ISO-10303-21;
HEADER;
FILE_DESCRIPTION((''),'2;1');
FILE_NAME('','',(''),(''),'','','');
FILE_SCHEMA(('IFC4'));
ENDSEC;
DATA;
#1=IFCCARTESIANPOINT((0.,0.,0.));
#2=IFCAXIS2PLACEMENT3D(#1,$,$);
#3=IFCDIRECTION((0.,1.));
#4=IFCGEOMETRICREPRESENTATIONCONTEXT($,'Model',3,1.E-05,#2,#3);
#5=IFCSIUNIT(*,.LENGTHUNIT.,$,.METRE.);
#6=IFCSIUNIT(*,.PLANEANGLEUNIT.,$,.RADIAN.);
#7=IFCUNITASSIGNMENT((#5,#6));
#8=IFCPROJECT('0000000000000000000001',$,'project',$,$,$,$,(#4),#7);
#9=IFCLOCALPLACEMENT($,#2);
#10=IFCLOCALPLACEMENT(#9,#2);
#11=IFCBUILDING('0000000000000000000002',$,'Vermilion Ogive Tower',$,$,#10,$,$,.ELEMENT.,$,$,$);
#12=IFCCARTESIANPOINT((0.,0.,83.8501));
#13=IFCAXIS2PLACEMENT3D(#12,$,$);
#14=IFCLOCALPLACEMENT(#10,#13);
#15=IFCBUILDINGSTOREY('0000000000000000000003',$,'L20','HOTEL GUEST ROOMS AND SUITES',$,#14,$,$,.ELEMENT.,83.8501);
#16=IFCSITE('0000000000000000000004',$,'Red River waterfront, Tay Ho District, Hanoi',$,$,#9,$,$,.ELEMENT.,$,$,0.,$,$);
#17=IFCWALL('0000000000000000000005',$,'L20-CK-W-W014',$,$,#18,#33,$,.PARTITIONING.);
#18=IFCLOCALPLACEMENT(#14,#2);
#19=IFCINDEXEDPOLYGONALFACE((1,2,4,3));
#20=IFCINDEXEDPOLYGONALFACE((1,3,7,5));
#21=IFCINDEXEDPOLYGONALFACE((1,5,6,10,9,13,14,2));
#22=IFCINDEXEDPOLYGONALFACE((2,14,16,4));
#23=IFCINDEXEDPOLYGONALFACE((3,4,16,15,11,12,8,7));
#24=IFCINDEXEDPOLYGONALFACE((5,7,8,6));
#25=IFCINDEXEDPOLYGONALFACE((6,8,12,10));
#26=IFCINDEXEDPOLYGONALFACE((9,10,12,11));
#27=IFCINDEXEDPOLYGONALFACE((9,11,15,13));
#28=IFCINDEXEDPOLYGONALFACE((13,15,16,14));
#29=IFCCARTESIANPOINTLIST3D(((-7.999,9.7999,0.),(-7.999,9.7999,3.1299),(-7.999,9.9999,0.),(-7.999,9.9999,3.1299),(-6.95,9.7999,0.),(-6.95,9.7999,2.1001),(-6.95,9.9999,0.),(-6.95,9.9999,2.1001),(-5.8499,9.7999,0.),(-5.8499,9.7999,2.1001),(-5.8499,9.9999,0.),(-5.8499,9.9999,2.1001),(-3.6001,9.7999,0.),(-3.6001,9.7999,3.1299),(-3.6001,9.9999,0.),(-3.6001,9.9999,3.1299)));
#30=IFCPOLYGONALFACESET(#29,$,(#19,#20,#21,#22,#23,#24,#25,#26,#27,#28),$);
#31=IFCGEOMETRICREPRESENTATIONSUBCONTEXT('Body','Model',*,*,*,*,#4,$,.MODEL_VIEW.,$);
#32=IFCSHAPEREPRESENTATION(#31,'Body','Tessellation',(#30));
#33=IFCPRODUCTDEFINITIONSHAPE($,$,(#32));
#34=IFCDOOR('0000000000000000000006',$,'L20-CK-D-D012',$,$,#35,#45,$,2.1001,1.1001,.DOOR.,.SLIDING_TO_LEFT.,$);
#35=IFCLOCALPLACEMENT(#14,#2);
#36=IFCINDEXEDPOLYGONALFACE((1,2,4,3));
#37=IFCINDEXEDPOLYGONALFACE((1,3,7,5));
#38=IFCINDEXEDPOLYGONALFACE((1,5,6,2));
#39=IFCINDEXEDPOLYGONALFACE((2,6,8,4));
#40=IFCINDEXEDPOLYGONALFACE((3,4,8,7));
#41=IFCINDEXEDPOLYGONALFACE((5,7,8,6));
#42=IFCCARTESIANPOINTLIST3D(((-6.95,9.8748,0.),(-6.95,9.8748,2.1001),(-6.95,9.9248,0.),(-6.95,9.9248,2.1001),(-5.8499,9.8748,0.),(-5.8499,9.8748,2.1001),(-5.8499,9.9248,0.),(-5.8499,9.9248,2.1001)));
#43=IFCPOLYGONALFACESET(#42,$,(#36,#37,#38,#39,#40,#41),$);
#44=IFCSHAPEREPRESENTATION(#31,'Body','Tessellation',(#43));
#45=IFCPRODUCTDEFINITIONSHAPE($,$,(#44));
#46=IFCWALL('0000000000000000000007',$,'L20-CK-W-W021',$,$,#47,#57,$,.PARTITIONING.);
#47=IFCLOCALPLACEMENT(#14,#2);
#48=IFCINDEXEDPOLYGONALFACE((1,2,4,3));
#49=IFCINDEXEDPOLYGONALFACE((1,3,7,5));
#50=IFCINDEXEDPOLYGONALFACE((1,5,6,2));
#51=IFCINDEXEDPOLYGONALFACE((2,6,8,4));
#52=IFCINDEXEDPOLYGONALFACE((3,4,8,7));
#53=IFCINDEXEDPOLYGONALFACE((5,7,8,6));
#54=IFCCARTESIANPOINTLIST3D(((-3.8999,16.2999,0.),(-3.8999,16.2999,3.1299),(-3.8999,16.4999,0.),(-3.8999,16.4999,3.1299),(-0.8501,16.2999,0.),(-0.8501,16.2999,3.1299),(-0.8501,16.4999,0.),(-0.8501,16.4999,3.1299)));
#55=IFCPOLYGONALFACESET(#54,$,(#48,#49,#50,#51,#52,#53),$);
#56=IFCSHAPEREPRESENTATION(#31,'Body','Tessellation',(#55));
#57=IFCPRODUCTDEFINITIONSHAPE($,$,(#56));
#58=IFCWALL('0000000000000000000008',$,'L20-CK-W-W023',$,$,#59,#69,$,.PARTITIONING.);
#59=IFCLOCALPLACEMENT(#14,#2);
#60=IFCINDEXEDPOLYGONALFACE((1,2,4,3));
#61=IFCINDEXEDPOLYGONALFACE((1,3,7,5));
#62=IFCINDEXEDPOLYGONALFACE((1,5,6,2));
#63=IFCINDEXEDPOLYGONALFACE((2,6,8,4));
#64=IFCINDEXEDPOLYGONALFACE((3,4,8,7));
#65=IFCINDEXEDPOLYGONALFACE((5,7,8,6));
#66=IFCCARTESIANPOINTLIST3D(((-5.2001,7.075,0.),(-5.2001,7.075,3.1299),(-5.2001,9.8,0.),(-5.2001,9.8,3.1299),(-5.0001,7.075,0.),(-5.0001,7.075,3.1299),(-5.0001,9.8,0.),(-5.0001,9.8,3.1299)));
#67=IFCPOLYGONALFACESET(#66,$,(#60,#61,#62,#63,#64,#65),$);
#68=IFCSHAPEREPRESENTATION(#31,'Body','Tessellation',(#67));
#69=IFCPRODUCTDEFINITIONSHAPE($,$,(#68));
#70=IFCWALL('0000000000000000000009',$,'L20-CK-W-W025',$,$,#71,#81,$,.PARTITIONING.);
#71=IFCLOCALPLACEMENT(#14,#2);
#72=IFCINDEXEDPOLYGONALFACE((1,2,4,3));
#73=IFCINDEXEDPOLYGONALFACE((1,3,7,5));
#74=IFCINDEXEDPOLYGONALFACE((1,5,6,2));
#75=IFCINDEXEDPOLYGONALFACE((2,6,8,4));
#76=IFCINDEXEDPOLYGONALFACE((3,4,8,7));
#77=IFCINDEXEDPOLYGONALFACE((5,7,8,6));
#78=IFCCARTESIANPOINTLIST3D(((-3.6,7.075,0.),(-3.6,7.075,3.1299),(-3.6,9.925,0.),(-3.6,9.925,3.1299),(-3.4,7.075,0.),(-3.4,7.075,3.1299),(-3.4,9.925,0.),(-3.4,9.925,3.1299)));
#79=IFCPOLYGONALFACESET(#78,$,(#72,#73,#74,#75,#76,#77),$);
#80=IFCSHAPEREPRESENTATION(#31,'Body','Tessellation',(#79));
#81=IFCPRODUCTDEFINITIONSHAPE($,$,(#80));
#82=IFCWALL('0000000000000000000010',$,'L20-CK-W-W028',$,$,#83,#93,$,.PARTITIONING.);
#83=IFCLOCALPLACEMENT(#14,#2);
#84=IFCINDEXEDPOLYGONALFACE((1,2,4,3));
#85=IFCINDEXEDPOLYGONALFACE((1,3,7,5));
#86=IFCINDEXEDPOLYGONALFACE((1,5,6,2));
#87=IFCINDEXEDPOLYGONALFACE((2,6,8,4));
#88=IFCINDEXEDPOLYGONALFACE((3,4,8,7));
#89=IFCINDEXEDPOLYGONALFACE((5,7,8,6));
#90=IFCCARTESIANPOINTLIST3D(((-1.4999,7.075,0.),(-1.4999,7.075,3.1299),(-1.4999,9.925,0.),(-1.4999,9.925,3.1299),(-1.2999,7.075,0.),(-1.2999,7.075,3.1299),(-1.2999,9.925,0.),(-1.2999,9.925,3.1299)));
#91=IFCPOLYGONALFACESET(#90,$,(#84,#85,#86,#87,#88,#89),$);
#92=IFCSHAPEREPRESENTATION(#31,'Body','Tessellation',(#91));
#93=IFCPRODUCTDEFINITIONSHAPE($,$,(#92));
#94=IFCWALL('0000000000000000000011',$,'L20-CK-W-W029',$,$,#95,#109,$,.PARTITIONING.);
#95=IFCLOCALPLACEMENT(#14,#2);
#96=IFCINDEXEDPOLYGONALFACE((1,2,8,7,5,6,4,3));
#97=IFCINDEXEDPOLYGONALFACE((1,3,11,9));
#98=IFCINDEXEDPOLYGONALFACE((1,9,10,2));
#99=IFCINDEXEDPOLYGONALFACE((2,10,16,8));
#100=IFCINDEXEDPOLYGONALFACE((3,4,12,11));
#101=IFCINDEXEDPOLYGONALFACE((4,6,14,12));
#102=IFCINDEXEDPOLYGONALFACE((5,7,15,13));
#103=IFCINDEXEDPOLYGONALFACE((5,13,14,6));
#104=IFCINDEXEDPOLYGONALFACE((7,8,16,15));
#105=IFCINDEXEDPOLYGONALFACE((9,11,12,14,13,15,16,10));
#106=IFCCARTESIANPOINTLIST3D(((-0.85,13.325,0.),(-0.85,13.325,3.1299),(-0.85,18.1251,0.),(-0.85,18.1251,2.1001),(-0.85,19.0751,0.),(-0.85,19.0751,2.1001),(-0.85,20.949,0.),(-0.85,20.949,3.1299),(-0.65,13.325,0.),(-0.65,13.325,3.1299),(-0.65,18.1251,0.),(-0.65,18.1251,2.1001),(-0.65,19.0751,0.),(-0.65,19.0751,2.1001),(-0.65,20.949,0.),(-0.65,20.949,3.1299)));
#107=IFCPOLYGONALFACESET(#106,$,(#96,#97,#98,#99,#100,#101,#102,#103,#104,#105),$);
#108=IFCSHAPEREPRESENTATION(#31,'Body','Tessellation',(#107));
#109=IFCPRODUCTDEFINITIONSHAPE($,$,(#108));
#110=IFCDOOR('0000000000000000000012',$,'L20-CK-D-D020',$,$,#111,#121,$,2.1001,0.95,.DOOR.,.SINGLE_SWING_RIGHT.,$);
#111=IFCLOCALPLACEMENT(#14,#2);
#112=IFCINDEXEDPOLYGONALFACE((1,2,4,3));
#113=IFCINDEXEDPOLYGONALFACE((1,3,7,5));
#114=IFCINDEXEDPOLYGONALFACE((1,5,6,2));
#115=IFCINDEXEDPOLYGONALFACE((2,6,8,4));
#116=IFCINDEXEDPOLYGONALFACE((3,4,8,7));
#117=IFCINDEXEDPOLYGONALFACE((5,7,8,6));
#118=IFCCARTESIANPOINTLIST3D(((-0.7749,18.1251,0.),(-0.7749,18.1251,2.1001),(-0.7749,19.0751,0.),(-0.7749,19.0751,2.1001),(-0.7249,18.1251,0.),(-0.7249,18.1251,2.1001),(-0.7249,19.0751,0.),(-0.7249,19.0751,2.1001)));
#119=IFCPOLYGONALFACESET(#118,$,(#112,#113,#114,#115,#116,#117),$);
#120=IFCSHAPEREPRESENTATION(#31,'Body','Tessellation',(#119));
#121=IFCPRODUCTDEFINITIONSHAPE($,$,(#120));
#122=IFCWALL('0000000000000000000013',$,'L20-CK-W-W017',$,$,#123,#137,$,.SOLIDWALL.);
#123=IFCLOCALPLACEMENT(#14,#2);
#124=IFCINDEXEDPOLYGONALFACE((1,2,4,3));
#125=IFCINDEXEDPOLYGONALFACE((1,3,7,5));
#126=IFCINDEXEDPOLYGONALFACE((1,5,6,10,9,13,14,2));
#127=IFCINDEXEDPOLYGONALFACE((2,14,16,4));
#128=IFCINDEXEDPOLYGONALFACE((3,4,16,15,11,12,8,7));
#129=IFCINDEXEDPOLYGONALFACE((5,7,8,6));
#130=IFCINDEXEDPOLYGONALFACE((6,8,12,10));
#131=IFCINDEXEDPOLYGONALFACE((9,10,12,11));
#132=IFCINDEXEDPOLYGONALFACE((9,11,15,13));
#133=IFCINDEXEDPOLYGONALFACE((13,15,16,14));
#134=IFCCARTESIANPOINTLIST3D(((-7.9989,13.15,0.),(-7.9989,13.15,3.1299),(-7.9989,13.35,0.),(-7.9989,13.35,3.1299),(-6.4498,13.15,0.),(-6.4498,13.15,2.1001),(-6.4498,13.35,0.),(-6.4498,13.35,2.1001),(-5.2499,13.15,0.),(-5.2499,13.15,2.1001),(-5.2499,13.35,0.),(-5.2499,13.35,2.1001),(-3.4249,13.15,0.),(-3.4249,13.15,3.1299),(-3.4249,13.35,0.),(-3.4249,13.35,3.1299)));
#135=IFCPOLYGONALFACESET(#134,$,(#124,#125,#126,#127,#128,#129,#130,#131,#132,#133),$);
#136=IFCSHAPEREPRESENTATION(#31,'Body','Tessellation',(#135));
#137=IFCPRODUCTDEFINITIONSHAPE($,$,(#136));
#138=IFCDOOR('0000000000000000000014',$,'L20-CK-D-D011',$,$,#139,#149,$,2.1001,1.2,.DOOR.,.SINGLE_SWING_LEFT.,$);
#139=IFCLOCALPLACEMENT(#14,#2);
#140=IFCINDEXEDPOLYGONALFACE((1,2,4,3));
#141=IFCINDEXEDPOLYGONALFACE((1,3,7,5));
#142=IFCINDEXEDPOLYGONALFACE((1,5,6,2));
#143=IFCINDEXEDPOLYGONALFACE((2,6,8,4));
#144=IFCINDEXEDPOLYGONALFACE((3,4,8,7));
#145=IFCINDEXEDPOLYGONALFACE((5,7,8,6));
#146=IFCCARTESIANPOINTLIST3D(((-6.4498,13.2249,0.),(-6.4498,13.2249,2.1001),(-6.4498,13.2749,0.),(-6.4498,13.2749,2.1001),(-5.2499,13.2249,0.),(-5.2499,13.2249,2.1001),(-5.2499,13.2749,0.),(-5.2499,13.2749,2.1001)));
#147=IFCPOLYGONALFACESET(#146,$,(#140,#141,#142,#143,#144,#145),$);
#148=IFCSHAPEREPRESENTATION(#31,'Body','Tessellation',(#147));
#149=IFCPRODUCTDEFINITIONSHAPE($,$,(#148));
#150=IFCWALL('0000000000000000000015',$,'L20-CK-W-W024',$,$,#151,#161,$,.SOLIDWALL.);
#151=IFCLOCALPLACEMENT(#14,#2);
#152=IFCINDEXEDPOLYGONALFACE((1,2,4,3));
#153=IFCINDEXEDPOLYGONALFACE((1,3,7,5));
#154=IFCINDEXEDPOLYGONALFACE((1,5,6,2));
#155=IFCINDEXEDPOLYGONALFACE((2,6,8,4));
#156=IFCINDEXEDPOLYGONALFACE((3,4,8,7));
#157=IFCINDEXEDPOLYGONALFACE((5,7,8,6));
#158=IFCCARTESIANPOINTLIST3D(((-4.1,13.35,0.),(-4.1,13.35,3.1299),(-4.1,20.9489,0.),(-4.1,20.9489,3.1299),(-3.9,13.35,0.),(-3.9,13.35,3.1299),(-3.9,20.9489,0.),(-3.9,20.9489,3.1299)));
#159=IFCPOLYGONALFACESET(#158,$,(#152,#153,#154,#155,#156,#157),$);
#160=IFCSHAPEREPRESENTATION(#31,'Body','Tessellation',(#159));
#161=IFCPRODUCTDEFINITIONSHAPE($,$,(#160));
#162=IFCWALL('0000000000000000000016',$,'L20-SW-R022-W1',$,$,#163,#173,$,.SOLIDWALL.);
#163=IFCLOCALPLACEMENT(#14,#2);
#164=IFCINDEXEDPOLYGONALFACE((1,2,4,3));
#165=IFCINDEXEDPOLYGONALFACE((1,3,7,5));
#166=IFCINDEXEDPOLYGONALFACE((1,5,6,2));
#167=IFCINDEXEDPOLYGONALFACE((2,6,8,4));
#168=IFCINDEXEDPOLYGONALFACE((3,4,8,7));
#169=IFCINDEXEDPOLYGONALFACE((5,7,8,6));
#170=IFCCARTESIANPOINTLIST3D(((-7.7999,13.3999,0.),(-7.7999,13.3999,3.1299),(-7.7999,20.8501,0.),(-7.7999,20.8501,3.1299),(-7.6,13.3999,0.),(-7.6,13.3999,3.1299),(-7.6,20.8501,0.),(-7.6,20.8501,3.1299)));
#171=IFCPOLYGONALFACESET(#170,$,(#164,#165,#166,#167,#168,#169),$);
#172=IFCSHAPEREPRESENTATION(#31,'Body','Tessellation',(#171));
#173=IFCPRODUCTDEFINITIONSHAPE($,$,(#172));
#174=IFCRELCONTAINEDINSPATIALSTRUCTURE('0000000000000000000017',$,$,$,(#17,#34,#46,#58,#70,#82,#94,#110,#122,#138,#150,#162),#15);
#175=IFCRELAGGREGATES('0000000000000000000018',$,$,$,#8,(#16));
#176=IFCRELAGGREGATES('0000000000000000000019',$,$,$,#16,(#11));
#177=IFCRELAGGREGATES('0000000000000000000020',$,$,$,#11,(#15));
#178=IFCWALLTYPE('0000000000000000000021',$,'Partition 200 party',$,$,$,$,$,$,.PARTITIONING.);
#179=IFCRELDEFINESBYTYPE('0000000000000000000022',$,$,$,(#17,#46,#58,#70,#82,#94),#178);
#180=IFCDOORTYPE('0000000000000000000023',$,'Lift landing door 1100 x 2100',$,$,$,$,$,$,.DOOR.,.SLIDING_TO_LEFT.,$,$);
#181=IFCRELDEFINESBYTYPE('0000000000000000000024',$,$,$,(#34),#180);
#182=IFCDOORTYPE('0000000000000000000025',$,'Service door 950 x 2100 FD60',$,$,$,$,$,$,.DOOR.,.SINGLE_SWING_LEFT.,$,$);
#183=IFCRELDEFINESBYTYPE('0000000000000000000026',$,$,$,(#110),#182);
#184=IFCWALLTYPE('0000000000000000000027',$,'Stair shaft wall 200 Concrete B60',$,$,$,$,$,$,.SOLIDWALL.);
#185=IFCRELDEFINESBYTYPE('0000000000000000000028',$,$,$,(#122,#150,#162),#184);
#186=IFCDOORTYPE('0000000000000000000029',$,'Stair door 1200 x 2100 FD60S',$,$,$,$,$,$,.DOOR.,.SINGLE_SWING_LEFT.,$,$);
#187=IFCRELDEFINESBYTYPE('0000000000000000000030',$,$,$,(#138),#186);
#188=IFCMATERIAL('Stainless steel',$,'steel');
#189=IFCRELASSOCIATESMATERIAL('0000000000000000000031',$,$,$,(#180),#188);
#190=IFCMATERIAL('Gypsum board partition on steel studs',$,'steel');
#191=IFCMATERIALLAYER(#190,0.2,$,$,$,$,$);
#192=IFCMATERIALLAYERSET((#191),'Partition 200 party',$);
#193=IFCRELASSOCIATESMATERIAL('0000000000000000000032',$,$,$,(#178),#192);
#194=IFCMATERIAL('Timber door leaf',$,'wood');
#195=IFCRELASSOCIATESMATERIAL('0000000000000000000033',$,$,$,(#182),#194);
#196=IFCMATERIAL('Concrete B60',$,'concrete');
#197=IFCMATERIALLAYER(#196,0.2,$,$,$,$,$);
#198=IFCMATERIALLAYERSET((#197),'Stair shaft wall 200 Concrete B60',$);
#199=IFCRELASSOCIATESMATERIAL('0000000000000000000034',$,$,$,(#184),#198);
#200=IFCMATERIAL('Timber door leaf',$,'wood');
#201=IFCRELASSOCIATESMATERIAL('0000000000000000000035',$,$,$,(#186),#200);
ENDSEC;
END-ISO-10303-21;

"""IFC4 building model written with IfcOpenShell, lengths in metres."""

from ifc_helpers import new_model, si_unit, direction, frame, frame_2d, origin, place, context, subcontext, project, spatial, rectangle, extrude, material, layer, layer_set, type_object, element, fill, save


model = new_model("IFC4")

# Units and contexts
model_context = context("Model", 3, precision=1e-05, world=origin(), true_north=direction((0.0, 1.0)))
body_context = subcontext(model_context, "Body", "Model", "MODEL_VIEW")
ifc_project = project(units=[si_unit("LENGTHUNIT", "METRE"), si_unit("PLANEANGLEUNIT", "RADIAN")], contexts=[model_context])

# Site, building, storey
site_placement = place(None, origin())
site = spatial("IfcSite", under=ifc_project, at=site_placement, Name="Red River waterfront, Tay Ho District, Hanoi", CompositionType="ELEMENT", RefElevation=0.0)
building_placement = place(site_placement, origin())
building = spatial("IfcBuilding", under=site, at=building_placement, Name="Vermilion Ogive Tower", CompositionType="ELEMENT")
storey_placement = place(building_placement, frame((0.0, 0.0, 83.8501)))
storey = spatial("IfcBuildingStorey", under=building, at=storey_placement, Name="L20", Description="HOTEL GUEST ROOMS AND SUITES", CompositionType="ELEMENT", Elevation=83.8501)

# Shared definitions
ifc_material_1 = material(Name="Stainless steel", Category="steel")
door_type_1 = type_object("IfcDoorType", Name="Lift landing door 1100 x 2100", OperationType="SLIDING_TO_LEFT", PredefinedType="DOOR", material=ifc_material_1)

# Wall, opening, door
ifc_material_2 = material(Name="Gypsum board partition on steel studs", Category="steel")
ifc_layer_1 = layer(ifc_material_2, 0.2)
ifc_layer_set_1 = layer_set([ifc_layer_1], Name="Partition 200 party")
wall_type_1 = type_object("IfcWallType", Name="Partition 200 party", PredefinedType="PARTITIONING", material=ifc_layer_set_1)
wall_1_placement = place(storey_placement, frame((-7.999, 9.8999, 0.0), z_axis=(0.0, 0.0, 1.0), x_axis=(1.0, 0.0, 0.0)))
wall_1 = element("IfcWall", 1, at=wall_1_placement, inside=storey, type_object=wall_type_1, Name="L20-CK-W-W014", PredefinedType="PARTITIONING", context=body_context, shape_type="SweptSolid", body=[
    extrude(rectangle(XDim=4.3989, YDim=0.2, at=frame_2d((2.1995, 0.0))), origin(), (0.0, 0.0, 1.0), 3.1299),
])
opening_1_placement = place(wall_1_placement, frame((1.0491, 0.0, 0.0)))
opening_1 = element("IfcOpeningElement", 2, at=opening_1_placement, cuts=wall_1, PredefinedType="OPENING", context=body_context, shape_type="SweptSolid", body=[
    extrude(rectangle(XDim=1.1001, YDim=2.1001, at=frame_2d((0.55, 1.05))), frame((0.0, 0.1099, 0.0), z_axis=(0.0, -1.0, 0.0), x_axis=(1.0, 0.0, 0.0)), (0.0, 0.0, 1.0), 0.22),
])
door_1_placement = place(opening_1_placement, origin())
door_1 = element("IfcDoor", 3, at=door_1_placement, inside=storey, type_object=door_type_1, Name="L20-CK-D-D012", OperationType="SLIDING_TO_LEFT", OverallHeight=2.1001, OverallWidth=1.1001, PredefinedType="DOOR", context=body_context, shape_type="SweptSolid", body=[
    extrude(rectangle(XDim=1.1001, YDim=2.1001, at=frame_2d((0.55, 1.05))), frame((0.0, 0.0249, 0.0), z_axis=(0.0, -1.0, 0.0), x_axis=(1.0, 0.0, 0.0)), (0.0, 0.0, 1.0), 0.05),
])
fill(opening_1, door_1)

# Walls
wall_2_placement = place(storey_placement, frame((-3.8999, 16.3999, 0.0), z_axis=(0.0, 0.0, 1.0), x_axis=(1.0, 0.0, 0.0)))
element("IfcWall", 4, at=wall_2_placement, inside=storey, type_object=wall_type_1, Name="L20-CK-W-W021", PredefinedType="PARTITIONING", context=body_context, shape_type="SweptSolid", body=[
    extrude(rectangle(XDim=3.0498, YDim=0.2, at=frame_2d((1.5249, 0.0))), origin(), (0.0, 0.0, 1.0), 3.1299),
])
wall_3_placement = place(storey_placement, frame((-5.1001, 7.075, 0.0), z_axis=(0.0, 0.0, 1.0), x_axis=(0.0, 1.0, 0.0)))
element("IfcWall", 5, at=wall_3_placement, inside=storey, type_object=wall_type_1, Name="L20-CK-W-W023", PredefinedType="PARTITIONING", context=body_context, shape_type="SweptSolid", body=[
    extrude(rectangle(XDim=2.7251, YDim=0.2, at=frame_2d((1.3625, 0.0))), origin(), (0.0, 0.0, 1.0), 3.1299),
])
for number, where, z_axis, x_axis, name in (
    (6, (-3.5, 7.075, 0.0), (0.0, 0.0, 1.0), (0.0, 1.0, 0.0), "L20-CK-W-W025"),
    (7, (-1.3999, 7.075, 0.0), (0.0, 0.0, 1.0), (0.0, 1.0, 0.0), "L20-CK-W-W028"),
):
    element("IfcWall", number, at=place(storey_placement, frame(where, z_axis=z_axis, x_axis=x_axis)), inside=storey, type_object=wall_type_1, Name=name, PredefinedType="PARTITIONING", context=body_context, shape_type="SweptSolid", body=[
        extrude(rectangle(XDim=2.8501, YDim=0.2, at=frame_2d((1.425, 0.0))), origin(), (0.0, 0.0, 1.0), 3.1299),
    ])

# Walls, openings, doors
wall_4_placement = place(storey_placement, frame((-0.75, 13.325, 0.0), z_axis=(0.0, 0.0, 1.0), x_axis=(0.0, 1.0, 0.0)))
wall_4 = element("IfcWall", 8, at=wall_4_placement, inside=storey, type_object=wall_type_1, Name="L20-CK-W-W029", PredefinedType="PARTITIONING", context=body_context, shape_type="SweptSolid", body=[
    extrude(rectangle(XDim=7.624, YDim=0.2, at=frame_2d((3.812, 0.0))), origin(), (0.0, 0.0, 1.0), 3.1299),
])
opening_2_placement = place(wall_4_placement, frame((4.8, 0.0, 0.0)))
opening_2 = element("IfcOpeningElement", 9, at=opening_2_placement, cuts=wall_4, PredefinedType="OPENING", context=body_context, shape_type="SweptSolid", body=[
    extrude(rectangle(XDim=0.95, YDim=2.1001, at=frame_2d((0.4751, 1.05))), frame((0.0, 0.1099, 0.0), z_axis=(0.0, -1.0, 0.0), x_axis=(1.0, 0.0, 0.0)), (0.0, 0.0, 1.0), 0.22),
])
ifc_material_3 = material(Name="Timber door leaf", Category="wood")
door_type_2 = type_object("IfcDoorType", Name="Service door 950 x 2100 FD60", OperationType="SINGLE_SWING_LEFT", PredefinedType="DOOR", material=ifc_material_3)
door_2_placement = place(opening_2_placement, origin())
door_2 = element("IfcDoor", 10, at=door_2_placement, inside=storey, type_object=door_type_2, Name="L20-CK-D-D020", OperationType="SINGLE_SWING_RIGHT", OverallHeight=2.1001, OverallWidth=0.95, PredefinedType="DOOR", context=body_context, shape_type="SweptSolid", body=[
    extrude(rectangle(XDim=0.95, YDim=2.1001, at=frame_2d((0.4751, 1.05))), frame((0.0, 0.0249, 0.0), z_axis=(0.0, -1.0, 0.0), x_axis=(1.0, 0.0, 0.0)), (0.0, 0.0, 1.0), 0.05),
])
fill(opening_2, door_2)
ifc_material_4 = material(Name="Concrete B60", Category="concrete")
ifc_layer_2 = layer(ifc_material_4, 0.2)
ifc_layer_set_2 = layer_set([ifc_layer_2], Name="Stair shaft wall 200 Concrete B60")
wall_type_2 = type_object("IfcWallType", Name="Stair shaft wall 200 Concrete B60", PredefinedType="SOLIDWALL", material=ifc_layer_set_2)
wall_5_placement = place(storey_placement, frame((-7.999, 13.25, 0.0), z_axis=(0.0, 0.0, 1.0), x_axis=(1.0, 0.0, 0.0)))
wall_5 = element("IfcWall", 11, at=wall_5_placement, inside=storey, type_object=wall_type_2, Name="L20-CK-W-W017", PredefinedType="SOLIDWALL", context=body_context, shape_type="SweptSolid", body=[
    extrude(rectangle(XDim=4.574, YDim=0.2, at=frame_2d((2.2871, 0.0))), origin(), (0.0, 0.0, 1.0), 3.1299),
])
opening_3_placement = place(wall_5_placement, frame((1.5491, 0.0, 0.0)))
opening_3 = element("IfcOpeningElement", 12, at=opening_3_placement, cuts=wall_5, PredefinedType="OPENING", context=body_context, shape_type="SweptSolid", body=[
    extrude(rectangle(XDim=1.2, YDim=2.1001, at=frame_2d((0.6001, 1.05))), frame((0.0, 0.1099, 0.0), z_axis=(0.0, -1.0, 0.0), x_axis=(1.0, 0.0, 0.0)), (0.0, 0.0, 1.0), 0.22),
])
ifc_material_5 = material(Name="Timber door leaf", Category="wood")
door_type_3 = type_object("IfcDoorType", Name="Stair door 1200 x 2100 FD60S", OperationType="SINGLE_SWING_LEFT", PredefinedType="DOOR", material=ifc_material_5)
door_3_placement = place(opening_3_placement, origin())
door_3 = element("IfcDoor", 13, at=door_3_placement, inside=storey, type_object=door_type_3, Name="L20-CK-D-D011", OperationType="SINGLE_SWING_LEFT", OverallHeight=2.1001, OverallWidth=1.2, PredefinedType="DOOR", context=body_context, shape_type="SweptSolid", body=[
    extrude(rectangle(XDim=1.2, YDim=2.1001, at=frame_2d((0.6001, 1.05))), frame((0.0, 0.0249, 0.0), z_axis=(0.0, -1.0, 0.0), x_axis=(1.0, 0.0, 0.0)), (0.0, 0.0, 1.0), 0.05),
])
fill(opening_3, door_3)

# Walls
wall_6_placement = place(storey_placement, frame((-4.0, 13.3501, 0.0), z_axis=(0.0, 0.0, 1.0), x_axis=(0.0, 1.0, 0.0)))
element("IfcWall", 14, at=wall_6_placement, inside=storey, type_object=wall_type_2, Name="L20-CK-W-W024", PredefinedType="SOLIDWALL", context=body_context, shape_type="SweptSolid", body=[
    extrude(rectangle(XDim=7.5989, YDim=0.2, at=frame_2d((3.7993, 0.0))), origin(), (0.0, 0.0, 1.0), 3.1299),
])
wall_7_placement = place(storey_placement, frame((-7.7, 13.3999, 0.0), z_axis=(0.0, 0.0, 1.0), x_axis=(0.0, 1.0, 0.0)))
element("IfcWall", 15, at=wall_7_placement, inside=storey, type_object=wall_type_2, Name="L20-SW-R022-W1", PredefinedType="SOLIDWALL", context=body_context, shape_type="SweptSolid", body=[
    extrude(rectangle(XDim=7.4502, YDim=0.2, at=frame_2d((3.7251, 0.0))), origin(), (0.0, 0.0, 1.0), 3.1299),
])

save(model, "model.ifc")
